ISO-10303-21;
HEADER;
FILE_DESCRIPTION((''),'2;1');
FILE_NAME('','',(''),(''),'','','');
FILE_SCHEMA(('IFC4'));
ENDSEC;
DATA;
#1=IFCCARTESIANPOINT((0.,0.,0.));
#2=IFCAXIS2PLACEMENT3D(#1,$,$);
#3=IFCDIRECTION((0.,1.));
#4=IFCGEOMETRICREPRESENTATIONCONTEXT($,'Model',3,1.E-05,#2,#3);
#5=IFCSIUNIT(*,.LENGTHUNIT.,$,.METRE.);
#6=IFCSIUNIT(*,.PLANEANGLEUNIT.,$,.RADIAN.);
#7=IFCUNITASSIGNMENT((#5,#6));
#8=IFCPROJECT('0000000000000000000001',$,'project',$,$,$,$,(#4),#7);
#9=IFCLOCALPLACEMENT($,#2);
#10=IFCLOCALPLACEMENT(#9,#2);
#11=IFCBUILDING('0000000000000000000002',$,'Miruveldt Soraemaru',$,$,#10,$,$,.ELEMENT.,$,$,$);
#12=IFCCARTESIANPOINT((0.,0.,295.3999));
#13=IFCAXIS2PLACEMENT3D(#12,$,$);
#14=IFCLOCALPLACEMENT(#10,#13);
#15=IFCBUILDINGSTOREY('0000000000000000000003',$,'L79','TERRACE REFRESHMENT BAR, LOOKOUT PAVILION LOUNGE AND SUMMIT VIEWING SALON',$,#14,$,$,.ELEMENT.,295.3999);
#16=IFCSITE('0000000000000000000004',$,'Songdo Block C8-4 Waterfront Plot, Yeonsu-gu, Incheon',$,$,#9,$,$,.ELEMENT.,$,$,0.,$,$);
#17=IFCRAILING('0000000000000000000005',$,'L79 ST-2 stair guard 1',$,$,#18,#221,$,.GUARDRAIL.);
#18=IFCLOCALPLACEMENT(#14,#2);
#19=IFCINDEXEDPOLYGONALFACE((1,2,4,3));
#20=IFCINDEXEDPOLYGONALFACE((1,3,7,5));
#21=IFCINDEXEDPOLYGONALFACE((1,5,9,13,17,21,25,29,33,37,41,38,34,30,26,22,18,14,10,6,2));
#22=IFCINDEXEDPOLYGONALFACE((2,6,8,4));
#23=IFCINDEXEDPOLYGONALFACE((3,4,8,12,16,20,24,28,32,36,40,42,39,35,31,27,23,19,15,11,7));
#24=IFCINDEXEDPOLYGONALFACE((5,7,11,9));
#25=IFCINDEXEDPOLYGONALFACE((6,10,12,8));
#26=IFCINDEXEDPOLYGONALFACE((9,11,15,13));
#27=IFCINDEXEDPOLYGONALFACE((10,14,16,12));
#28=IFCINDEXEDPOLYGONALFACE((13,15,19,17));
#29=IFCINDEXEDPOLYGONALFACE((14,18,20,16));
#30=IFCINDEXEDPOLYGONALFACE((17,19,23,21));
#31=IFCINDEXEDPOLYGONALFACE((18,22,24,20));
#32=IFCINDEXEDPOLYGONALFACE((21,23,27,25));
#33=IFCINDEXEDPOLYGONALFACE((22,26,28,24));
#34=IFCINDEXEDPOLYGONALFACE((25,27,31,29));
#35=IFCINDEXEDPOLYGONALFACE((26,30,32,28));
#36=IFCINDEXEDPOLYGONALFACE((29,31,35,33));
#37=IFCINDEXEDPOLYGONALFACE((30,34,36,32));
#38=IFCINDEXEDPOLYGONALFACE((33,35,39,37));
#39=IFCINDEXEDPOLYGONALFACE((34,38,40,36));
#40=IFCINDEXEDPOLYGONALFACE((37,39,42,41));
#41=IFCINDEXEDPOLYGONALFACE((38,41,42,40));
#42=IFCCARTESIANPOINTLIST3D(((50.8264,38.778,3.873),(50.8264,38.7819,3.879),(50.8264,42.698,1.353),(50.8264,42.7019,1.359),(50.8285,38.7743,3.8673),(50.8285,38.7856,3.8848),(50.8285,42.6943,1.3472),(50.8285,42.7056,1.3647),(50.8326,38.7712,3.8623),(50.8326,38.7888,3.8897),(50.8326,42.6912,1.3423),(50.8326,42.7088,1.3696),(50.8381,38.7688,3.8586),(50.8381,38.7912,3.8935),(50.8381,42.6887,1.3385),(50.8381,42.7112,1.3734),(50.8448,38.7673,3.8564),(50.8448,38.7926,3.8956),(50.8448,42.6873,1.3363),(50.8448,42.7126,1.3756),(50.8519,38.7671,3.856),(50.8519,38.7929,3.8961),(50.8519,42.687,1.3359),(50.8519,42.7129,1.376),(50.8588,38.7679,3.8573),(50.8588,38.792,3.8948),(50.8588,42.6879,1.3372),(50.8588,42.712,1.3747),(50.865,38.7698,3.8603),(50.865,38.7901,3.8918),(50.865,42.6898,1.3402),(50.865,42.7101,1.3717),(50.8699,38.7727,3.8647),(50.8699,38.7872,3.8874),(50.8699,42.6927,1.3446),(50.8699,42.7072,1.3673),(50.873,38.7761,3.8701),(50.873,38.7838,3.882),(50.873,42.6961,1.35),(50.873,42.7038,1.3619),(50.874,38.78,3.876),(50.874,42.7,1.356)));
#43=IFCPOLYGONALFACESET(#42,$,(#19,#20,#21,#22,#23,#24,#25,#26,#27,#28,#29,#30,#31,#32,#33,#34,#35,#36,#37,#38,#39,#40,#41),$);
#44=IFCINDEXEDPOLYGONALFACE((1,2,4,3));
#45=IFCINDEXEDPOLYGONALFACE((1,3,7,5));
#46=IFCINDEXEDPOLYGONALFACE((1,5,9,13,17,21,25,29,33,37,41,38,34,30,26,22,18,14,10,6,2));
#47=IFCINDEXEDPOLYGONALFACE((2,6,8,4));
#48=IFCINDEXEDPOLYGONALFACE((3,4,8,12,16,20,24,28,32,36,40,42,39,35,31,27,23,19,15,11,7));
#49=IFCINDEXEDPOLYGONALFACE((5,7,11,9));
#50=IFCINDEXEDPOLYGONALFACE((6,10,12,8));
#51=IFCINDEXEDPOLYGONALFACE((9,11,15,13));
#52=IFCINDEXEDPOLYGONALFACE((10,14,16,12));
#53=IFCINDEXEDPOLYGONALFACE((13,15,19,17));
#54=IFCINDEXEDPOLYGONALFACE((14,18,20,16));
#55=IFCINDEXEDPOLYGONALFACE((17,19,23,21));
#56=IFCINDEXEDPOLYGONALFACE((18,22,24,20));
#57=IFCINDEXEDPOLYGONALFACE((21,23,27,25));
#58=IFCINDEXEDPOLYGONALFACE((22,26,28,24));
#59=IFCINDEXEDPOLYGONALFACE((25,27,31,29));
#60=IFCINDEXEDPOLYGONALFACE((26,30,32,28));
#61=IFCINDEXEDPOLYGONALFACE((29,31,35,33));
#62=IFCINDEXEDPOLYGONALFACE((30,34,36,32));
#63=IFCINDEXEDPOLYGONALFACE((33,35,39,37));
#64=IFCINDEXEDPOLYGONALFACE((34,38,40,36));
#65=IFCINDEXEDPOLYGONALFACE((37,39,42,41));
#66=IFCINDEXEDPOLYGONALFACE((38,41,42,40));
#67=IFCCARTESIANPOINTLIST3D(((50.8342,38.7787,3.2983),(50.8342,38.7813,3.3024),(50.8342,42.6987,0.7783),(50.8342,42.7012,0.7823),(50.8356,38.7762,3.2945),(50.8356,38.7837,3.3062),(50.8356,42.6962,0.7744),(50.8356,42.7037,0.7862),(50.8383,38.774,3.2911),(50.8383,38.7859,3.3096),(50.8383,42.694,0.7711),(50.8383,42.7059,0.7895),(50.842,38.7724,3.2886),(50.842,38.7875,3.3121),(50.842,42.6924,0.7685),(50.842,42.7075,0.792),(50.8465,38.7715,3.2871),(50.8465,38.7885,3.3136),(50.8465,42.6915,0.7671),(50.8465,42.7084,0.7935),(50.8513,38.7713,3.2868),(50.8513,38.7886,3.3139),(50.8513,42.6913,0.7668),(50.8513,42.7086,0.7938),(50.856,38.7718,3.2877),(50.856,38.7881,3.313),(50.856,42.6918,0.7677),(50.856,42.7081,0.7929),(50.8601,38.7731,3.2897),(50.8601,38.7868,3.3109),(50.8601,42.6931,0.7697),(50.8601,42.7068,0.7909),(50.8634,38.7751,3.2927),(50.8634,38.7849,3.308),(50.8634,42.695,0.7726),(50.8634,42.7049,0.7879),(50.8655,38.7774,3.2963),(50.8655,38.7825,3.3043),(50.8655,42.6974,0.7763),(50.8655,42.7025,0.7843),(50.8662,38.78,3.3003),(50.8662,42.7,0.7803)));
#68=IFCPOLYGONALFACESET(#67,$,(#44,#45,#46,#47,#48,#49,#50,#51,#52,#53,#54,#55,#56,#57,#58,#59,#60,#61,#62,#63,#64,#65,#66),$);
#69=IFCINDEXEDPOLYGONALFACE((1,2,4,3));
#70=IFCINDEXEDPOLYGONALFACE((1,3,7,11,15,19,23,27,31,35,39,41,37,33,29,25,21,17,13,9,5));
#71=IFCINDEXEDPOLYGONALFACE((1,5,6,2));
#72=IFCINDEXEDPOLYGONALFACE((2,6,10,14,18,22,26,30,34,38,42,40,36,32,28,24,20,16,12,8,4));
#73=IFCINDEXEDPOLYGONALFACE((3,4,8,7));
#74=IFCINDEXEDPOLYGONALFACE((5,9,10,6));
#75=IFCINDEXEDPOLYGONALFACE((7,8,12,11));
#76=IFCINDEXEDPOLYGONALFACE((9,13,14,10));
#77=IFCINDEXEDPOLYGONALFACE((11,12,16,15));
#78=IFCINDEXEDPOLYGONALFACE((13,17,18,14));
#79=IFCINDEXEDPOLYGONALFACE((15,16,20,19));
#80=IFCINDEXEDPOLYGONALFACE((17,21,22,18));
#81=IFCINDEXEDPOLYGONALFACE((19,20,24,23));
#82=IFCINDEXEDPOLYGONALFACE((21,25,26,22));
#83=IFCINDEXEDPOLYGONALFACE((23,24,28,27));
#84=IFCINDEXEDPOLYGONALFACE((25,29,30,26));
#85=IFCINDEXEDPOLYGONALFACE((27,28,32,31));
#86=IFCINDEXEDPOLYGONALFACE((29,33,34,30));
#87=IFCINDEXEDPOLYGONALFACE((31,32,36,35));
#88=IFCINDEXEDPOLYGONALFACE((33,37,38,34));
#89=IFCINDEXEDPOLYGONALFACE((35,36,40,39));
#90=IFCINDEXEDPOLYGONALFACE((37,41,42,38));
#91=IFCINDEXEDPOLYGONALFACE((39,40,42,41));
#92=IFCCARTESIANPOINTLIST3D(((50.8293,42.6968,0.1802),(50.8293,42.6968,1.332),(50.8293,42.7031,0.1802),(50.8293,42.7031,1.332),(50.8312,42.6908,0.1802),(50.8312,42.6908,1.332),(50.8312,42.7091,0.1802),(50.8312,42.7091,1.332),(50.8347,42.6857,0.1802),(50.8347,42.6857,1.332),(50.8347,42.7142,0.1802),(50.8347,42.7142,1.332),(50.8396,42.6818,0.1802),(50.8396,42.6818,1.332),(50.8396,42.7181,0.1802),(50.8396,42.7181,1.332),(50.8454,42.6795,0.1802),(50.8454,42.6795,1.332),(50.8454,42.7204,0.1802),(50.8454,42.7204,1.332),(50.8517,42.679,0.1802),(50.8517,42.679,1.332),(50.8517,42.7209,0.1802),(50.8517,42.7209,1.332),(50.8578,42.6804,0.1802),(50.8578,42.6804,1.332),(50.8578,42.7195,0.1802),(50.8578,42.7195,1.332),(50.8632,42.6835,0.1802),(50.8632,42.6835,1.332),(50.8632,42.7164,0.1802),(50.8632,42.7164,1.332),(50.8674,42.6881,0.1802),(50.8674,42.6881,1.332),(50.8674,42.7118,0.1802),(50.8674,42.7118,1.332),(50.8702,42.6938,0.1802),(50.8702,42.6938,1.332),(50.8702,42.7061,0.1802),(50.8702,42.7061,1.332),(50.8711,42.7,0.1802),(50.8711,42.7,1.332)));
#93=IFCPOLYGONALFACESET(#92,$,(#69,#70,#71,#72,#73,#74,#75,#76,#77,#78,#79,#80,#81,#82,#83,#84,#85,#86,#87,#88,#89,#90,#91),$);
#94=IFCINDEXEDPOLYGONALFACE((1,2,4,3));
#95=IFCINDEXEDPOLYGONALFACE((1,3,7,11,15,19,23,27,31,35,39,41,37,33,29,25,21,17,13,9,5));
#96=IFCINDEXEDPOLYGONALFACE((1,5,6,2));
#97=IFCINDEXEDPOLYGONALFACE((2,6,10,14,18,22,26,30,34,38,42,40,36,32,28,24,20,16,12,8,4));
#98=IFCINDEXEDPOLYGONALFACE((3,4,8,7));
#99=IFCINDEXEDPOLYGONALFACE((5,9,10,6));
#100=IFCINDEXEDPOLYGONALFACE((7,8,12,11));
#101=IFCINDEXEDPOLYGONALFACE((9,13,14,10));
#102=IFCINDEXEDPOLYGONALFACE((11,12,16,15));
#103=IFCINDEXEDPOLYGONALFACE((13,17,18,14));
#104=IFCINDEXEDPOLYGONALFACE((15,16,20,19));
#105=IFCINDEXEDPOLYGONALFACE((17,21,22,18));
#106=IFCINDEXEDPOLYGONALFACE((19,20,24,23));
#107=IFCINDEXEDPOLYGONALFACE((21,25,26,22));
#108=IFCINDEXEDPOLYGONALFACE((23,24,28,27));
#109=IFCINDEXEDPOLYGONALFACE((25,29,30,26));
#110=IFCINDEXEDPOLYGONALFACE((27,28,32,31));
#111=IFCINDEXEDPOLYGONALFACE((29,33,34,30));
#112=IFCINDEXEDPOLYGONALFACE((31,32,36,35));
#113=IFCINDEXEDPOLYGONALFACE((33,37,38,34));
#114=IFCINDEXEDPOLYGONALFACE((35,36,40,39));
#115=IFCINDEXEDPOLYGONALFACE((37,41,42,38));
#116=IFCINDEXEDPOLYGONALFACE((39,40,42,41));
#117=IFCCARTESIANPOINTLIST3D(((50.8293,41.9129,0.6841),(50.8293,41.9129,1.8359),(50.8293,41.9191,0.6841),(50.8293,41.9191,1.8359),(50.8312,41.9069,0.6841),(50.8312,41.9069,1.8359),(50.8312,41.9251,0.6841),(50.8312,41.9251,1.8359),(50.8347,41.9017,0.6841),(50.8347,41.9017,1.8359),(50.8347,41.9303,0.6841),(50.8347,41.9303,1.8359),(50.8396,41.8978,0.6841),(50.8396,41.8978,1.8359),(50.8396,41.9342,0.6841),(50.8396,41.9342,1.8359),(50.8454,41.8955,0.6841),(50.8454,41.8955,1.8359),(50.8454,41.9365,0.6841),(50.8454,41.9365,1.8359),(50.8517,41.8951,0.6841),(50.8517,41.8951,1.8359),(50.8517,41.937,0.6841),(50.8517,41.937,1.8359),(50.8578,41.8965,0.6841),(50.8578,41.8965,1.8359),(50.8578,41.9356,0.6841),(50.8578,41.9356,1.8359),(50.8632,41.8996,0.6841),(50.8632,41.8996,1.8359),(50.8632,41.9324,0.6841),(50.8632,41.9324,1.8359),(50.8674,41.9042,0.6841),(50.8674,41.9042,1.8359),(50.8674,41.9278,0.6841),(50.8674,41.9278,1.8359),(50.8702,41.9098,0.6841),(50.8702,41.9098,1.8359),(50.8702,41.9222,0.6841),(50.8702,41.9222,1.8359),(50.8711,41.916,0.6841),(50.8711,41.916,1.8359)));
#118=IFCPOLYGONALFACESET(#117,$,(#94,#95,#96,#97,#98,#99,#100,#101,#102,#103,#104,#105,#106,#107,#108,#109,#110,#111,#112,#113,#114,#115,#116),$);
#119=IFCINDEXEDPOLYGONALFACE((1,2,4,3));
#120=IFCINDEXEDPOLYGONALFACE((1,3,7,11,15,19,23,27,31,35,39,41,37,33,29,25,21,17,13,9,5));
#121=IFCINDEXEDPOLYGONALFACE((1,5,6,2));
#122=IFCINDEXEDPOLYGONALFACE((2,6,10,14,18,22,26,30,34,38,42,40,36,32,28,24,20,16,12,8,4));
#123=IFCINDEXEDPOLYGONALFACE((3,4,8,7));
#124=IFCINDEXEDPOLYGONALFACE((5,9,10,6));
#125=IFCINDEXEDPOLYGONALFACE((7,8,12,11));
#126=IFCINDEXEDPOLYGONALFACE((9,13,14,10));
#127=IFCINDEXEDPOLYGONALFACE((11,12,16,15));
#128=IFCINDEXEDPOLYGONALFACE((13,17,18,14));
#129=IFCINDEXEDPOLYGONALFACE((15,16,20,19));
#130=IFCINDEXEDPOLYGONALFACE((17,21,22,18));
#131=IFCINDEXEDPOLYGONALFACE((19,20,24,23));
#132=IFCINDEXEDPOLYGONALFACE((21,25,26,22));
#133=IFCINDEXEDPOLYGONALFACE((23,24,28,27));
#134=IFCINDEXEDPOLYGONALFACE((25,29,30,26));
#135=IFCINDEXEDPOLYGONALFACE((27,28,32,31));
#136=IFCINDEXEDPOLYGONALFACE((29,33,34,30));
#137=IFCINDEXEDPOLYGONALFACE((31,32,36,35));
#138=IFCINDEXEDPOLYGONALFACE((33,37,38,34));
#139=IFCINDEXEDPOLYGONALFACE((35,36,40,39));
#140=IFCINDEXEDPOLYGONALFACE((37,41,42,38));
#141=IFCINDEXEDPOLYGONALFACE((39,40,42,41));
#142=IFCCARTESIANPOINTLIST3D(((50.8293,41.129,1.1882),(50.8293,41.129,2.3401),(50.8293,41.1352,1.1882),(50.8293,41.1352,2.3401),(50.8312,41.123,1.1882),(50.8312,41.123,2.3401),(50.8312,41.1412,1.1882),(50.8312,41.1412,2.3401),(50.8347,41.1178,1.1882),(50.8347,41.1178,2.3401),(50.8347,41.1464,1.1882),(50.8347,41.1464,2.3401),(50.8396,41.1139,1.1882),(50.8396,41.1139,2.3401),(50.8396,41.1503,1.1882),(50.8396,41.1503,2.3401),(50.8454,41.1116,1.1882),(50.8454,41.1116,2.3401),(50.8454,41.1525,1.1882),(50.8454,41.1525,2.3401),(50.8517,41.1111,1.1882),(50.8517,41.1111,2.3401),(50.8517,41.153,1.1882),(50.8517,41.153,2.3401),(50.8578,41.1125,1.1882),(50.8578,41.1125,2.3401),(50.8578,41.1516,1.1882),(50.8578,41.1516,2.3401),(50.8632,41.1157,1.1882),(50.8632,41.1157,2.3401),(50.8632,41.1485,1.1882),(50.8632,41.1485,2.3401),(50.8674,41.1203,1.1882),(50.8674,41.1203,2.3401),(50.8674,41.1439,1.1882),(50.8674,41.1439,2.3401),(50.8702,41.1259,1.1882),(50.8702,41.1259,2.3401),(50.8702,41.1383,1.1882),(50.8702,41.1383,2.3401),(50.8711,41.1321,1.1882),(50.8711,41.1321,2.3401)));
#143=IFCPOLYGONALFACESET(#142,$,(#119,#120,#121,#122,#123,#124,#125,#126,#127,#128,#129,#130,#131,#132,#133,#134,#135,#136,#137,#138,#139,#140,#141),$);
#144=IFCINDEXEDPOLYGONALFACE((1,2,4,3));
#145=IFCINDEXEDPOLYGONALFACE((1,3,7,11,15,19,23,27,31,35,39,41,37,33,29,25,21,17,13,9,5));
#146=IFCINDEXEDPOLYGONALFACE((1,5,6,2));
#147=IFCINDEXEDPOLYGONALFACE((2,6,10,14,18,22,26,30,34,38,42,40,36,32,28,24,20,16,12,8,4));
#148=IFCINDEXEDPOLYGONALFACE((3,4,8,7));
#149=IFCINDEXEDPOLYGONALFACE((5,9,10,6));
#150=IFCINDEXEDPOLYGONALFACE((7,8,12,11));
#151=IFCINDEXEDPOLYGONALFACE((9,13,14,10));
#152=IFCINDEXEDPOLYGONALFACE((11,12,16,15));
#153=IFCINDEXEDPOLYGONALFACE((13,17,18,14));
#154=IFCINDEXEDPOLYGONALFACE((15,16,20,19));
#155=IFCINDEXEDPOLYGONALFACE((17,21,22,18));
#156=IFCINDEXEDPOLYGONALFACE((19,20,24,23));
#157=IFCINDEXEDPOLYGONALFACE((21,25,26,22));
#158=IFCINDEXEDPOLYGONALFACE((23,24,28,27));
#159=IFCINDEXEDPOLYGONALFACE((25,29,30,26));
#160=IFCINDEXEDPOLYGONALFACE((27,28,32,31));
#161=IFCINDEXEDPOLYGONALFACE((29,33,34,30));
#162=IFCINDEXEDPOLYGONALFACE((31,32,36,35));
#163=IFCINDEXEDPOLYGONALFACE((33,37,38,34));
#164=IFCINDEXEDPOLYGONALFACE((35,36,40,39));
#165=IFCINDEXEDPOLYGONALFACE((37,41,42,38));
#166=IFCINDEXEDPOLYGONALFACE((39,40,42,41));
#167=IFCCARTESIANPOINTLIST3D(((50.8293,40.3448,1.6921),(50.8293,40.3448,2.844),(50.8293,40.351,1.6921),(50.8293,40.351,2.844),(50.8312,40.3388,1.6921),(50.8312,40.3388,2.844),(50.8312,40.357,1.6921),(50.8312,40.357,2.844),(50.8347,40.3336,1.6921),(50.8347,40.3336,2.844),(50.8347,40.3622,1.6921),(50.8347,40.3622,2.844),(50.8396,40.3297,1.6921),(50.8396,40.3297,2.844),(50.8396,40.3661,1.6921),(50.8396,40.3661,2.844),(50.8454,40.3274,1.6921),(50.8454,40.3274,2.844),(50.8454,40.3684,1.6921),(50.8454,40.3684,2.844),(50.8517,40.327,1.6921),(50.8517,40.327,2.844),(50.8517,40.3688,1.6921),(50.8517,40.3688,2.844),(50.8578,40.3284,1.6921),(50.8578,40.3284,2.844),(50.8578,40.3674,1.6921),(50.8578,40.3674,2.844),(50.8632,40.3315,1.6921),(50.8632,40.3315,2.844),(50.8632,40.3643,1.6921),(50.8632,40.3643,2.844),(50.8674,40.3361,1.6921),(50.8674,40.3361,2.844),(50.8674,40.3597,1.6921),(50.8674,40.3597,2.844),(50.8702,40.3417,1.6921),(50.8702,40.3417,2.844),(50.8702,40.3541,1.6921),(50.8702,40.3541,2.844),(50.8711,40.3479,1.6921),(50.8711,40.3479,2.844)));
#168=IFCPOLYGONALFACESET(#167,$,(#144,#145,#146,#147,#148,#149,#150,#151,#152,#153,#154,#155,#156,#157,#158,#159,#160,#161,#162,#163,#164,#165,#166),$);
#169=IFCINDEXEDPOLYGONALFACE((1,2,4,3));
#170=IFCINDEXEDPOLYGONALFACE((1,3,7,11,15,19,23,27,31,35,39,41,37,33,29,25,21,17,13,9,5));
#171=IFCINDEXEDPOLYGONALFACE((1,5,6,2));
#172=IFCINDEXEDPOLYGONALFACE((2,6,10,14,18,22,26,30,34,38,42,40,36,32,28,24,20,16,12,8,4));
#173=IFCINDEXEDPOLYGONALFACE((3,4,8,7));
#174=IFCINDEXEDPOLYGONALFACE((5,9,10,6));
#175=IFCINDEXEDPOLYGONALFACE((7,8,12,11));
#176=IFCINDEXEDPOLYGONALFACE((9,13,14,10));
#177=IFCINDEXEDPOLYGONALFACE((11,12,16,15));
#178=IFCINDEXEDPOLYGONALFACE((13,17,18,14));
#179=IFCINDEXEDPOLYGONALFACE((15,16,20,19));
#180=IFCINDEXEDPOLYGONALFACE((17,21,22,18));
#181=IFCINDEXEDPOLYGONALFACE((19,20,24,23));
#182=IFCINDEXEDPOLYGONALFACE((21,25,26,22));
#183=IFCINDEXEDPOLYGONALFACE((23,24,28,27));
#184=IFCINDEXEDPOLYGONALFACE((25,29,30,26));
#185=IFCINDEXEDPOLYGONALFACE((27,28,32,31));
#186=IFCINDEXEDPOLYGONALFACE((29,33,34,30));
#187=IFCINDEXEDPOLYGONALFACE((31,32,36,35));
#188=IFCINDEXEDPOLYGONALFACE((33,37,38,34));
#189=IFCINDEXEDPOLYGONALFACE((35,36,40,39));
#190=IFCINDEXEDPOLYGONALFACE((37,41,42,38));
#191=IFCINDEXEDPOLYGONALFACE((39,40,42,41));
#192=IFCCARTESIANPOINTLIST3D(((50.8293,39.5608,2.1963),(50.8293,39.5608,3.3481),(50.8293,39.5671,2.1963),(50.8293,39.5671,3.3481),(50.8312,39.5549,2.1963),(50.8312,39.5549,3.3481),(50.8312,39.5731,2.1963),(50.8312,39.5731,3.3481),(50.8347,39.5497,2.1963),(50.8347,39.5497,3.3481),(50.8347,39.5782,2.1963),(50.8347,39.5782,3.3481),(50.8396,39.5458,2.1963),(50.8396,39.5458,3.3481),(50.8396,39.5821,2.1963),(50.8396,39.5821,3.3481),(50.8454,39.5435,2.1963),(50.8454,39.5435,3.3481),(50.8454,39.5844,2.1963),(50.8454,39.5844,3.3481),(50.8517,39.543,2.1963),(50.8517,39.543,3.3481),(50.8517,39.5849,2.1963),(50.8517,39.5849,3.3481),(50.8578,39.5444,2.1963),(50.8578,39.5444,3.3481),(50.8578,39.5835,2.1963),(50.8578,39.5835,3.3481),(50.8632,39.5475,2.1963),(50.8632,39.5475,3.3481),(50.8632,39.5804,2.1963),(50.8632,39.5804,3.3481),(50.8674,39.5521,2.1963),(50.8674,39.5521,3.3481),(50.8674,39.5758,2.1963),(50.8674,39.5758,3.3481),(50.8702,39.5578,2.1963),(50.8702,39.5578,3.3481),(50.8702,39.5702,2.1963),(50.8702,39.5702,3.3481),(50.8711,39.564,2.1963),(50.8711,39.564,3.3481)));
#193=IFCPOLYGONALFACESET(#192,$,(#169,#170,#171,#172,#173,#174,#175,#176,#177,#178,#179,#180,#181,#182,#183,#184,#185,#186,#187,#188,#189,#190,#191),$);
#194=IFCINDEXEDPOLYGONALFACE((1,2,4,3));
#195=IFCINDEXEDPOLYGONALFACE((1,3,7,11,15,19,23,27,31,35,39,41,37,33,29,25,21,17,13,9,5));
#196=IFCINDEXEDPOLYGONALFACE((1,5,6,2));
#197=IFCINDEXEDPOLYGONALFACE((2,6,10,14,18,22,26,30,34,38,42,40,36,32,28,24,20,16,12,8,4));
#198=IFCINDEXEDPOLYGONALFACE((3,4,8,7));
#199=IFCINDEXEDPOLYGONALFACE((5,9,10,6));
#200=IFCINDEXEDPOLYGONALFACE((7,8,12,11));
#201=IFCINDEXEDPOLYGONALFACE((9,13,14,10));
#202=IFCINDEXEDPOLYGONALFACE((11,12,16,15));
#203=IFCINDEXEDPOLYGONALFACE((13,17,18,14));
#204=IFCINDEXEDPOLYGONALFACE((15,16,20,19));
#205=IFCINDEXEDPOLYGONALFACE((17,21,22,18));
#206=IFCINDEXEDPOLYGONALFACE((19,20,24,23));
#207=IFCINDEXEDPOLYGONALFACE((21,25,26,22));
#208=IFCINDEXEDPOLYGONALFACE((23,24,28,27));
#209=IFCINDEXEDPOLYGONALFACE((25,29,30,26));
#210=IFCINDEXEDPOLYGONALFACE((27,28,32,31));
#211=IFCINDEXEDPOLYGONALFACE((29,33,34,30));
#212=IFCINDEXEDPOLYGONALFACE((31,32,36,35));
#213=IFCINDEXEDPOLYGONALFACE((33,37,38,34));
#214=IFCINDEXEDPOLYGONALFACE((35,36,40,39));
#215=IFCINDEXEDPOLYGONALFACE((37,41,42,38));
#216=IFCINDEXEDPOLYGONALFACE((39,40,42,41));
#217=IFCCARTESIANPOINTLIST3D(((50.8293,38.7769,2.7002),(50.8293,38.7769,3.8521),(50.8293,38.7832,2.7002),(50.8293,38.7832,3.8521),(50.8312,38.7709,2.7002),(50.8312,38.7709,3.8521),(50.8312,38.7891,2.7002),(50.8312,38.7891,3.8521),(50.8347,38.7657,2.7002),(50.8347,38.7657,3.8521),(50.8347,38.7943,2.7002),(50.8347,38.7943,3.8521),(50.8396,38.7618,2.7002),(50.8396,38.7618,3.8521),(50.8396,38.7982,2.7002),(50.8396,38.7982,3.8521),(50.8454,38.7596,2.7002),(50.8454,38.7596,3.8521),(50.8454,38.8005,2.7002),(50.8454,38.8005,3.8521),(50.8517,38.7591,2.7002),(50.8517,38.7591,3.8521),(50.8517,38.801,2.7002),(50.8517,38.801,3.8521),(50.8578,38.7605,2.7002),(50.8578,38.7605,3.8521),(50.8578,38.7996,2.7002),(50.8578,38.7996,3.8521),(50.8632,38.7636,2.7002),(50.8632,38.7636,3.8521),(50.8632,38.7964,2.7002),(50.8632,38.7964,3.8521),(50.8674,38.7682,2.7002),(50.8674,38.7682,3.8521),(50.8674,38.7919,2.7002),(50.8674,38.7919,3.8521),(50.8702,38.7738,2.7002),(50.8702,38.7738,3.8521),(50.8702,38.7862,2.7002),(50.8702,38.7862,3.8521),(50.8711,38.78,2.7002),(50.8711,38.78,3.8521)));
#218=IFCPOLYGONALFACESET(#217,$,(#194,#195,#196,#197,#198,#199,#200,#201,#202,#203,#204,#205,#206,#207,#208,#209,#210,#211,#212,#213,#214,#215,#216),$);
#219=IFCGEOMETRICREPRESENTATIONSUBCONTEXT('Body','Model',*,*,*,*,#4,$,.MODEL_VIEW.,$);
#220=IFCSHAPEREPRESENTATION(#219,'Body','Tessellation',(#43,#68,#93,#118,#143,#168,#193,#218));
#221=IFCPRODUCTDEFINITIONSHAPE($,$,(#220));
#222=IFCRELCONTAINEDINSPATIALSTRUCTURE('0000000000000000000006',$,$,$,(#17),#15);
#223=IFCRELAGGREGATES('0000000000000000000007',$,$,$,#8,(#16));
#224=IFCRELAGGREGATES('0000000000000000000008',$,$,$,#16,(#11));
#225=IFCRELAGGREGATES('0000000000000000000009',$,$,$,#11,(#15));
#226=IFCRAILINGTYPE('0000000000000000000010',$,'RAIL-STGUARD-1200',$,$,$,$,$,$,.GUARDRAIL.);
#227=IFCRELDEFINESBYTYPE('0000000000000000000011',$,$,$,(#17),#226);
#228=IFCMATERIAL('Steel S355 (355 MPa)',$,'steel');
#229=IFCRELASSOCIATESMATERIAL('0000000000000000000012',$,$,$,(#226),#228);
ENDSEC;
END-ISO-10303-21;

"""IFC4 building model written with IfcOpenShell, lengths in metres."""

from ifc_helpers import new_model, si_unit, direction, frame, origin, origin_2d, place, context, subcontext, project, spatial, circle, extrude, material, type_object, element, save


model = new_model("IFC4")

# Units and contexts
model_context = context("Model", 3, precision=1e-05, world=origin(), true_north=direction((0.0, 1.0)))
body_context = subcontext(model_context, "Body", "Model", "MODEL_VIEW")
ifc_project = project(units=[si_unit("LENGTHUNIT", "METRE"), si_unit("PLANEANGLEUNIT", "RADIAN")], contexts=[model_context])

# Site, building, storey
site_placement = place(None, origin())
site = spatial("IfcSite", under=ifc_project, at=site_placement, Name="Songdo Block C8-4 Waterfront Plot, Yeonsu-gu, Incheon", CompositionType="ELEMENT", RefElevation=0.0)
building_placement = place(site_placement, origin())
building = spatial("IfcBuilding", under=site, at=building_placement, Name="Miruveldt Soraemaru", CompositionType="ELEMENT")
storey_placement = place(building_placement, frame((0.0, 0.0, 295.3999)))
storey = spatial("IfcBuildingStorey", under=building, at=storey_placement, Name="L79", Description="TERRACE REFRESHMENT BAR, LOOKOUT PAVILION LOUNGE AND SUMMIT VIEWING SALON", CompositionType="ELEMENT", Elevation=295.3999)

# Railing
ifc_material_1 = material(Name="Steel S355 (355 MPa)", Category="steel")
railing_type_1 = type_object("IfcRailingType", Name="RAIL-STGUARD-1200", PredefinedType="GUARDRAIL", material=ifc_material_1)
railing_1_placement = place(storey_placement, frame((50.8501, 42.7, 0.1802)))
element("IfcRailing", 1, at=railing_1_placement, inside=storey, type_object=railing_type_1, Name="L79 ST-2 stair guard 1", PredefinedType="GUARDRAIL", context=body_context, shape_type="SweptSolid", body=[
    extrude(circle(Radius=0.0239, at=origin_2d()), frame((0.0, 0.0, 1.1758), z_axis=(0.0, -0.841172, 0.540768), x_axis=(1.0, 0.0, 0.0)), (0.0, 0.0, 1.0), 4.6602),
    extrude(circle(Radius=0.0161, at=origin_2d()), frame((0.0, 0.0, 0.6001), z_axis=(0.0, -0.841172, 0.540768), x_axis=(1.0, 0.0, 0.0)), (0.0, 0.0, 1.0), 4.6602),
    extrude(circle(Radius=0.021, at=origin_2d()), origin(), (0.0, 0.0, 1.0), 1.1519),
    extrude(circle(Radius=0.021, at=origin_2d()), frame((0.0, -0.7839, 0.5039)), (0.0, 0.0, 1.0), 1.1519),
    extrude(circle(Radius=0.021, at=origin_2d()), frame((0.0, -1.5679, 1.0081)), (0.0, 0.0, 1.0), 1.1519),
    extrude(circle(Radius=0.021, at=origin_2d()), frame((0.0, -2.3521, 1.512)), (0.0, 0.0, 1.0), 1.1519),
    extrude(circle(Radius=0.021, at=origin_2d()), frame((0.0, -3.136, 2.0161)), (0.0, 0.0, 1.0), 1.1519),
    extrude(circle(Radius=0.021, at=origin_2d()), frame((0.0, -3.9199, 2.52)), (0.0, 0.0, 1.0), 1.1519),
])

save(model, "model.ifc")
